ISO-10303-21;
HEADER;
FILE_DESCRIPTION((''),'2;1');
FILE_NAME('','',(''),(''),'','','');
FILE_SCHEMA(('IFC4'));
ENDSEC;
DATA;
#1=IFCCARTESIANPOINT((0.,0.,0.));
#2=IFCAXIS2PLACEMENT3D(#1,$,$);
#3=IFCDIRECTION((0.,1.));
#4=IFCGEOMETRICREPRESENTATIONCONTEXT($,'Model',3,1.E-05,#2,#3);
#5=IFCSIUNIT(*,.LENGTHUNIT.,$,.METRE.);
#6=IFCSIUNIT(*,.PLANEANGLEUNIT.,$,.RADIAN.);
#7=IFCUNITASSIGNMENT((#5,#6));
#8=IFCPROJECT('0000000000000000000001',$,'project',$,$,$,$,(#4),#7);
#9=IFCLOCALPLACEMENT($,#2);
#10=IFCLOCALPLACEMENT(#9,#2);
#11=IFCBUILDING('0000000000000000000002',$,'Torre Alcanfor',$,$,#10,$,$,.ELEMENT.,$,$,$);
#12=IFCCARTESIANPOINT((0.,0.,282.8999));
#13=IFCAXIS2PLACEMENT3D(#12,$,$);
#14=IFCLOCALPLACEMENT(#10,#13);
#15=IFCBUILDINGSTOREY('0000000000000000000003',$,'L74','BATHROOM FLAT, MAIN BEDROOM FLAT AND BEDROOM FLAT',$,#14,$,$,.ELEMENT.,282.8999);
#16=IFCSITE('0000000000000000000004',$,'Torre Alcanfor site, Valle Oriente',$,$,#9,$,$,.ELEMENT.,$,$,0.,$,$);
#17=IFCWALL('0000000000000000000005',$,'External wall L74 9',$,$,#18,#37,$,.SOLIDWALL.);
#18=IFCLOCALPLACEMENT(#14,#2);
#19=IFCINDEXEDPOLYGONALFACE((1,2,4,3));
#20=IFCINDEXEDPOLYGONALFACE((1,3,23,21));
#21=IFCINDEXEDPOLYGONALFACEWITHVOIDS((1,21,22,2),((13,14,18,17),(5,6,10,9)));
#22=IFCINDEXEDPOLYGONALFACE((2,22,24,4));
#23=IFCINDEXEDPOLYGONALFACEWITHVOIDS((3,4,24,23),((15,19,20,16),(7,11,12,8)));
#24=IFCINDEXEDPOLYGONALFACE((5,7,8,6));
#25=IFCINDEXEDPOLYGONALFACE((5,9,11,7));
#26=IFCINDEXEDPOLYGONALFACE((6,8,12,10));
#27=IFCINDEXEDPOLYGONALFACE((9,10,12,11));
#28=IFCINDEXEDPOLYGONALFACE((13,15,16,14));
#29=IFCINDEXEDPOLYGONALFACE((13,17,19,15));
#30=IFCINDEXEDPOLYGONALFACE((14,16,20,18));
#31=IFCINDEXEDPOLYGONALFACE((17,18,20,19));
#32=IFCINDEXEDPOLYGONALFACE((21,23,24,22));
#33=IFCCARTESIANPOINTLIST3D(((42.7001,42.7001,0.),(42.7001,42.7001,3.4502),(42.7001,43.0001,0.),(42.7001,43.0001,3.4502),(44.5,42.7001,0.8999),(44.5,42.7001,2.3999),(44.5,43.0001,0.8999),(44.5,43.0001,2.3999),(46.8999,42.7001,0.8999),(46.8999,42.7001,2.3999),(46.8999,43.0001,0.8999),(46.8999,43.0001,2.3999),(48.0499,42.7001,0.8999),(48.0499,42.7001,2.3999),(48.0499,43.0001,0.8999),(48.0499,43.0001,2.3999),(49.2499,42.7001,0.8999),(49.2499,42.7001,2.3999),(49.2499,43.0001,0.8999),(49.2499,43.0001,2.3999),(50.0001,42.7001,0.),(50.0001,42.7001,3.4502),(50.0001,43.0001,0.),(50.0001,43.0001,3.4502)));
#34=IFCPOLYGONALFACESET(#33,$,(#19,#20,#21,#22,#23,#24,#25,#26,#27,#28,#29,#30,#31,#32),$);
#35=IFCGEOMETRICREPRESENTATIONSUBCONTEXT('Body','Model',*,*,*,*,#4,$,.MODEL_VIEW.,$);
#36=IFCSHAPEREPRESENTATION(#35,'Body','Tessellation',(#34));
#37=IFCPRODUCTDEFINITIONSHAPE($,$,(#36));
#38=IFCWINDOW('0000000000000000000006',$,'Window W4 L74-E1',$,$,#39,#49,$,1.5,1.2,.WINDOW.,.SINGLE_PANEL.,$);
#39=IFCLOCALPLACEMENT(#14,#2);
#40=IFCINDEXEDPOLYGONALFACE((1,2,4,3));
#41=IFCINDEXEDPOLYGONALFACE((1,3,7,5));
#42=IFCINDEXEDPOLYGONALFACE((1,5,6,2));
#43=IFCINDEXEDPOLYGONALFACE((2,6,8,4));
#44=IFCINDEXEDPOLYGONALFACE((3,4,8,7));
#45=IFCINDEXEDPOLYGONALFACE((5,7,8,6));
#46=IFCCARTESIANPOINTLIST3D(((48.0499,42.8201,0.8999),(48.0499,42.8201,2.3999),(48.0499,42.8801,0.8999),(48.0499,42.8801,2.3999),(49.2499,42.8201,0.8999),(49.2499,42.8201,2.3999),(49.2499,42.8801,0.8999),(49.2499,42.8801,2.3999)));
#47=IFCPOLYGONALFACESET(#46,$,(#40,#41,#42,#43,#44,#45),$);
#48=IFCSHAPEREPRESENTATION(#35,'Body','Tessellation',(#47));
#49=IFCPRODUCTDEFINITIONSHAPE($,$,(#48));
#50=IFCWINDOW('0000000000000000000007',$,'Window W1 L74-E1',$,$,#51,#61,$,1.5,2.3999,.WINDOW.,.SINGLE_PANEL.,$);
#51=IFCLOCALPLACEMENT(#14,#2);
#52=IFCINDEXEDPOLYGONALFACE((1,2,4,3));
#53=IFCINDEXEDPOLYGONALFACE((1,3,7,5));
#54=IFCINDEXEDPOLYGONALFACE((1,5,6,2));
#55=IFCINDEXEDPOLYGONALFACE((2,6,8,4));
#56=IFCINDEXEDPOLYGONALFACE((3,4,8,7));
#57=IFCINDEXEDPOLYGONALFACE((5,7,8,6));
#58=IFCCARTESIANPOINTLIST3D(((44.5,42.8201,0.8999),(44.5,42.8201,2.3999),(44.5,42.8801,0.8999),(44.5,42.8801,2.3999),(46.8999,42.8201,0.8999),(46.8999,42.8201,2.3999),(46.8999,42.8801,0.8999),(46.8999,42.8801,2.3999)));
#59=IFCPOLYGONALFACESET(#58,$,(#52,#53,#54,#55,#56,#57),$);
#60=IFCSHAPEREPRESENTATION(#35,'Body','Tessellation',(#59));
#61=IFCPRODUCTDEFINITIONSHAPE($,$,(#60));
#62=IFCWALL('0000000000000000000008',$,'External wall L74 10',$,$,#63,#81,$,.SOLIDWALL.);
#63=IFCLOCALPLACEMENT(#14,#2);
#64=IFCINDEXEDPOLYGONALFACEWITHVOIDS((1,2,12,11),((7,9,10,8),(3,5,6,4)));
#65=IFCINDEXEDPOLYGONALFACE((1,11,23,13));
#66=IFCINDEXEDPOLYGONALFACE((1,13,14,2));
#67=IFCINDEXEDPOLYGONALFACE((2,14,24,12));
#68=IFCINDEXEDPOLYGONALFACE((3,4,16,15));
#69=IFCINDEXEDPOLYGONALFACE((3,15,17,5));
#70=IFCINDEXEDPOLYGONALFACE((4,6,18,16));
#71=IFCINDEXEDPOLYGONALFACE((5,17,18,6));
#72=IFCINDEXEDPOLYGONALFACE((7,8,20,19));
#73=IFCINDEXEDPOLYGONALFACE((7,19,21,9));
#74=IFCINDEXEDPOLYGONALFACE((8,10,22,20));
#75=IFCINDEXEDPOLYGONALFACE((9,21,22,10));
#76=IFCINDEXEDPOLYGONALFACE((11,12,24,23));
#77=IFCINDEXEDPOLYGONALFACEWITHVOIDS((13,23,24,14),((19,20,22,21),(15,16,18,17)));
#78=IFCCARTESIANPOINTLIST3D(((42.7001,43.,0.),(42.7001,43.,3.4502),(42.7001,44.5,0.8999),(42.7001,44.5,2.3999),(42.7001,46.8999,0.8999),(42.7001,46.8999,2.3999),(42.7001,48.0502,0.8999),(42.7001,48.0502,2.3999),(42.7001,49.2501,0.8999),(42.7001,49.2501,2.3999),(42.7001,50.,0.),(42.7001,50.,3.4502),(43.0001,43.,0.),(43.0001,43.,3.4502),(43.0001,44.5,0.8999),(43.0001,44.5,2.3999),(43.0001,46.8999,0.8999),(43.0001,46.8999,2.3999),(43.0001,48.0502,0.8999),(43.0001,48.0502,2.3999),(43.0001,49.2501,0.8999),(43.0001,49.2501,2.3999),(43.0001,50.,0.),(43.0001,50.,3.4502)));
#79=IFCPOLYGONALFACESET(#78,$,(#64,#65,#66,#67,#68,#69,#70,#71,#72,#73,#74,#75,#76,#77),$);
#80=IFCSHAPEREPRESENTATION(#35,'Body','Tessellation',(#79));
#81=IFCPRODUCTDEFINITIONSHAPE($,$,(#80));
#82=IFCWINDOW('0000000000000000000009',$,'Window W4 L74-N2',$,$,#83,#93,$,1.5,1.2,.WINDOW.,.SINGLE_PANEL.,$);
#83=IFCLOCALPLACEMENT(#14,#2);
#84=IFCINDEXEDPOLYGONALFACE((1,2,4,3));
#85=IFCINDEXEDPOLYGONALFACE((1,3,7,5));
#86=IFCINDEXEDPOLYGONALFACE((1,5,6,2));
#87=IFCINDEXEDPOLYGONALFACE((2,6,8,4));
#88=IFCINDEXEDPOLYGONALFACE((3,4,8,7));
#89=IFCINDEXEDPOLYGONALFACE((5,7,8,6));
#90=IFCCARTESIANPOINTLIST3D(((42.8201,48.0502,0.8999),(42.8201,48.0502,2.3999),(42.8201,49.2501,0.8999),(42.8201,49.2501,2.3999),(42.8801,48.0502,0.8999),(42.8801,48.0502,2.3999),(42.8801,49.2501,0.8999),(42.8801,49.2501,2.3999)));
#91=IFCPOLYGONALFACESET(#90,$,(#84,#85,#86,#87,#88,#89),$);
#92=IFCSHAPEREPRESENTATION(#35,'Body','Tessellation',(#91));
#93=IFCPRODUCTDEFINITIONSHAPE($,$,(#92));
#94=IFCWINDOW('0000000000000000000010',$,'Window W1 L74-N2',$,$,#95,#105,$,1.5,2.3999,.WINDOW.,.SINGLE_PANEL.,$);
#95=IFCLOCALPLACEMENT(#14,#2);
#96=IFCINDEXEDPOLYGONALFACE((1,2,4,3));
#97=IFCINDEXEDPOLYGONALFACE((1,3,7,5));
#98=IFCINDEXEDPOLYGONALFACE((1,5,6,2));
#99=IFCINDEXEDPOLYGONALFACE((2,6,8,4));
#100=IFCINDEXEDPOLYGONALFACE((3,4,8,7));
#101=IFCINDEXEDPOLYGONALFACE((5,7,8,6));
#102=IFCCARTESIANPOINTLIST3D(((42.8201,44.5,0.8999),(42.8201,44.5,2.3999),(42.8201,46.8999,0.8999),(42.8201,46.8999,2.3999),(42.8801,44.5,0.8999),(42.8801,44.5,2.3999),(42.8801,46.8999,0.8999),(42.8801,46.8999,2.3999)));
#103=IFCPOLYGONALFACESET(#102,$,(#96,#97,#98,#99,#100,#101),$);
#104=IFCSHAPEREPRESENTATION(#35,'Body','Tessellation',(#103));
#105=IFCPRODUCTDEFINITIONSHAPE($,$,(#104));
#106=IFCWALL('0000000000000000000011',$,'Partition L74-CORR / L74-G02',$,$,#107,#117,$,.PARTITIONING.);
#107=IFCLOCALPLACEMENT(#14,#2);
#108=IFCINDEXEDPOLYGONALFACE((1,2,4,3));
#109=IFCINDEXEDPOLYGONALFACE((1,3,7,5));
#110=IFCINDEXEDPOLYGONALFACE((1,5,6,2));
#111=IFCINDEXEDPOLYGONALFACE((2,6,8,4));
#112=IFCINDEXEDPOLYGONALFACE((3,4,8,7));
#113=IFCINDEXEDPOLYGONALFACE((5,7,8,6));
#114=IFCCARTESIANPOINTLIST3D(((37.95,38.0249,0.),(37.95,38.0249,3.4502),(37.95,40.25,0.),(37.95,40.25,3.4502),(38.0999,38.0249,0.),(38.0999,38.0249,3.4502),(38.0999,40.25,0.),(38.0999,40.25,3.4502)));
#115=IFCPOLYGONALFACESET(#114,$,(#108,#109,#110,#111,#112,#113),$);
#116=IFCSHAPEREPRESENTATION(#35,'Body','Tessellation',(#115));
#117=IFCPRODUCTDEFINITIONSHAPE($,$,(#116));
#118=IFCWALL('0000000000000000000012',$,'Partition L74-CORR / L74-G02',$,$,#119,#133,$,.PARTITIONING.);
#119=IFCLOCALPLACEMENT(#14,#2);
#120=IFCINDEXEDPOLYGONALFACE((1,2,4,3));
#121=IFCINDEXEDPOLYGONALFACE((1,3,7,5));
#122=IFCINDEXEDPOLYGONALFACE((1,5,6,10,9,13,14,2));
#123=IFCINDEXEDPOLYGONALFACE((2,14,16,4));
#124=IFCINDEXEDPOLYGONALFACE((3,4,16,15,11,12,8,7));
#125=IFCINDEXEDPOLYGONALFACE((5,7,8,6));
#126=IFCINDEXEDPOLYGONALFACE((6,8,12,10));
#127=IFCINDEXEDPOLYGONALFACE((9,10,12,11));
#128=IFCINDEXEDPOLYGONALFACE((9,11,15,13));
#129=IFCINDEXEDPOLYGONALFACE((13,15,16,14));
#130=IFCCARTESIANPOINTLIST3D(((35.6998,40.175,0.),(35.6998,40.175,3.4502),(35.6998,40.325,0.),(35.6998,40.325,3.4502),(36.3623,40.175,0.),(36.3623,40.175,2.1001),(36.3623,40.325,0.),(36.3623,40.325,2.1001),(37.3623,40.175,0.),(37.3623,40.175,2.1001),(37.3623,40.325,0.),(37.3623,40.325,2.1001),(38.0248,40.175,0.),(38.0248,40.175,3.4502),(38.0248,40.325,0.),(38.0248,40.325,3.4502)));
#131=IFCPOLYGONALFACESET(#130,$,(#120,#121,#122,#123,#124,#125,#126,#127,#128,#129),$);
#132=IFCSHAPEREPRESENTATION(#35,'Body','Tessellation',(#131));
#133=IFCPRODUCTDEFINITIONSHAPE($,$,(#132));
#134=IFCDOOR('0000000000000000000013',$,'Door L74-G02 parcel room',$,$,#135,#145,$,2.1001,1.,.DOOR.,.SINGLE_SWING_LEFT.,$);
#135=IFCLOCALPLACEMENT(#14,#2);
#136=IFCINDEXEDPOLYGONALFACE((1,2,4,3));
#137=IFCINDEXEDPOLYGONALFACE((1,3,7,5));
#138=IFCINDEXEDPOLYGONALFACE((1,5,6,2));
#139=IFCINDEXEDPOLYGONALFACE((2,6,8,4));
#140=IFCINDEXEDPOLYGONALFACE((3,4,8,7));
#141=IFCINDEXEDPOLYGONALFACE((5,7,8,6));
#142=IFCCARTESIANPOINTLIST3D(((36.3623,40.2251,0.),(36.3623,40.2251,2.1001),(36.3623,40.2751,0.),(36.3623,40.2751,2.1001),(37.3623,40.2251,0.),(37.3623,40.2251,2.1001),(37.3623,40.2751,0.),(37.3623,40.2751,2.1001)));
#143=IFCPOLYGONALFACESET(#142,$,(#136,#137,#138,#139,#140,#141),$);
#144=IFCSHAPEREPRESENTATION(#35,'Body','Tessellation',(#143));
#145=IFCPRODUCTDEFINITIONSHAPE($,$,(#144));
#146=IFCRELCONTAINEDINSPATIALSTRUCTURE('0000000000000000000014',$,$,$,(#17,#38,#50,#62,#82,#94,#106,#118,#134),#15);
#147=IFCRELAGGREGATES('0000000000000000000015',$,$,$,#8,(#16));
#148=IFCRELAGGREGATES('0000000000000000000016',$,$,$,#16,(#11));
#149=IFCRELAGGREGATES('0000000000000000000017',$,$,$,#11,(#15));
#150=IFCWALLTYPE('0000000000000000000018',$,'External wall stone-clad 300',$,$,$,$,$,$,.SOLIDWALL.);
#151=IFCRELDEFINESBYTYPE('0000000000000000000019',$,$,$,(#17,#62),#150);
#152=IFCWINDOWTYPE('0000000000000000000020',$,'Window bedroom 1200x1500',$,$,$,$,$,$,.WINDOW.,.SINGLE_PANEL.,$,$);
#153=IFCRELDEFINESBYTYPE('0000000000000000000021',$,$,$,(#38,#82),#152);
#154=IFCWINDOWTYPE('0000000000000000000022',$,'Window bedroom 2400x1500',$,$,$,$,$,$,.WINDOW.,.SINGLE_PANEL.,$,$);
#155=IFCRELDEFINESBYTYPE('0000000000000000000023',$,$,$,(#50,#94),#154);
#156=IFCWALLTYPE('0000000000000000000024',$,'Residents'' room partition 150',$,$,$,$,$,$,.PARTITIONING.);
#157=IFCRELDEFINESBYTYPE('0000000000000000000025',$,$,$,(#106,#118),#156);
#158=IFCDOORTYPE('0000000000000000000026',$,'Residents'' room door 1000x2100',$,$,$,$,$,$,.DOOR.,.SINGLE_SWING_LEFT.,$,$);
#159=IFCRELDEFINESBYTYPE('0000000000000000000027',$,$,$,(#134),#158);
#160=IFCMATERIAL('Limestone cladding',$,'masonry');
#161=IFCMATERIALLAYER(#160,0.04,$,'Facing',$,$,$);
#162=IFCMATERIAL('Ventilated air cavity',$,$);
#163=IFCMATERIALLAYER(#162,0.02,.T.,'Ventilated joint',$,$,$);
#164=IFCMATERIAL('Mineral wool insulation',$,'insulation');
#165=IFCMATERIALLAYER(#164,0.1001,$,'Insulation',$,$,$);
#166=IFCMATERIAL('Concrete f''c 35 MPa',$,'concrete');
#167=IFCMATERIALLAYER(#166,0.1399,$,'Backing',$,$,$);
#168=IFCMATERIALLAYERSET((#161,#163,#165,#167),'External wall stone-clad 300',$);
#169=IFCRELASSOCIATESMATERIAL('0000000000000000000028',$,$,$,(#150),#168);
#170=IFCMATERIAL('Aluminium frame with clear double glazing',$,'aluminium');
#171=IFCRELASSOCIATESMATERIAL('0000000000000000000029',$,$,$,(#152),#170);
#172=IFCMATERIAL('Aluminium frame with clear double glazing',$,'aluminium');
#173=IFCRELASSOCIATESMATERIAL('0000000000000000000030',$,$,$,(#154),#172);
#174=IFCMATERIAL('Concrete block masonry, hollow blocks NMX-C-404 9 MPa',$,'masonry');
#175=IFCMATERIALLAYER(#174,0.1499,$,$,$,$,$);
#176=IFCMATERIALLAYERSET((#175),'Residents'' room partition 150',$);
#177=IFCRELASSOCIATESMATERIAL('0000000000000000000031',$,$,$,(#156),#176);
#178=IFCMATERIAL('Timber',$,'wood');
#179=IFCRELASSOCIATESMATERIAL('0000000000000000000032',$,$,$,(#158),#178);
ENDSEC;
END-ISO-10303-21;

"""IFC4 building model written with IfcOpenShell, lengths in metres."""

from ifc_helpers import new_model, si_unit, direction, frame, frame_2d, origin, place, context, subcontext, project, spatial, rectangle, extrude, material, layer, layer_set, type_object, element, fill, save


model = new_model("IFC4")

# Units and contexts
model_context = context("Model", 3, precision=1e-05, world=origin(), true_north=direction((0.0, 1.0)))
body_context = subcontext(model_context, "Body", "Model", "MODEL_VIEW")
ifc_project = project(units=[si_unit("LENGTHUNIT", "METRE"), si_unit("PLANEANGLEUNIT", "RADIAN")], contexts=[model_context])

# Site, building, storey
site_placement = place(None, origin())
site = spatial("IfcSite", under=ifc_project, at=site_placement, Name="Torre Alcanfor site, Valle Oriente", CompositionType="ELEMENT", RefElevation=0.0)
building_placement = place(site_placement, origin())
building = spatial("IfcBuilding", under=site, at=building_placement, Name="Torre Alcanfor", CompositionType="ELEMENT")
storey_placement = place(building_placement, frame((0.0, 0.0, 282.8999)))
storey = spatial("IfcBuildingStorey", under=building, at=storey_placement, Name="L74", Description="BATHROOM FLAT, MAIN BEDROOM FLAT AND BEDROOM FLAT", CompositionType="ELEMENT", Elevation=282.8999)

# Walls, openings, windows
ifc_material_1 = material(Name="Limestone cladding", Category="masonry")
ifc_layer_1 = layer(ifc_material_1, 0.04, Name="Facing")
ifc_material_2 = material(Name="Ventilated air cavity")
ifc_layer_2 = layer(ifc_material_2, 0.02, ventilated=True, Name="Ventilated joint")
ifc_material_3 = material(Name="Mineral wool insulation", Category="insulation")
ifc_layer_3 = layer(ifc_material_3, 0.1001, Name="Insulation")
ifc_material_4 = material(Name="Concrete f'c 35 MPa", Category="concrete")
ifc_layer_4 = layer(ifc_material_4, 0.1399, Name="Backing")
ifc_layer_set_1 = layer_set([ifc_layer_1, ifc_layer_2, ifc_layer_3, ifc_layer_4], Name="External wall stone-clad 300")
wall_type_1 = type_object("IfcWallType", Name="External wall stone-clad 300", PredefinedType="SOLIDWALL", material=ifc_layer_set_1)
wall_1_placement = place(storey_placement, frame((50.0, 42.8501, 0.0), z_axis=(0.0, 0.0, 1.0), x_axis=(-1.0, 0.0, 0.0)))
wall_1 = element("IfcWall", 1, at=wall_1_placement, inside=storey, type_object=wall_type_1, Name="External wall L74 9", PredefinedType="SOLIDWALL", context=body_context, shape_type="SweptSolid", body=[
    extrude(rectangle(XDim=7.3, YDim=0.3, at=frame_2d((3.6499, 0.0))), origin(), (0.0, 0.0, 1.0), 3.4502),
])
opening_1_placement = place(wall_1_placement, frame((3.1001, 0.0, 0.8999)))
opening_1 = element("IfcOpeningElement", 2, at=opening_1_placement, cuts=wall_1, PredefinedType="OPENING", context=body_context, shape_type="SweptSolid", body=[
    extrude(rectangle(XDim=2.3999, YDim=1.5, at=frame_2d((1.2, 0.75))), frame((0.0, 0.1599, 0.0), z_axis=(0.0, -1.0, 0.0), x_axis=(1.0, 0.0, 0.0)), (0.0, 0.0, 1.0), 0.3201),
])
opening_2_placement = place(wall_1_placement, frame((0.75, 0.0, 0.8999)))
opening_2 = element("IfcOpeningElement", 3, at=opening_2_placement, cuts=wall_1, PredefinedType="OPENING", context=body_context, shape_type="SweptSolid", body=[
    extrude(rectangle(XDim=1.2, YDim=1.5, at=frame_2d((0.6001, 0.75))), frame((0.0, 0.1599, 0.0), z_axis=(0.0, -1.0, 0.0), x_axis=(1.0, 0.0, 0.0)), (0.0, 0.0, 1.0), 0.3201),
])
ifc_material_5 = material(Name="Aluminium frame with clear double glazing", Category="aluminium")
window_type_1 = type_object("IfcWindowType", Name="Window bedroom 1200x1500", PartitioningType="SINGLE_PANEL", PredefinedType="WINDOW", material=ifc_material_5)
window_1_placement = place(opening_2_placement, origin())
window_1 = element("IfcWindow", 4, at=window_1_placement, inside=storey, type_object=window_type_1, Name="Window W4 L74-E1", OverallHeight=1.5, OverallWidth=1.2, PartitioningType="SINGLE_PANEL", PredefinedType="WINDOW", context=body_context, shape_type="SweptSolid", body=[
    extrude(rectangle(XDim=1.2, YDim=1.5, at=frame_2d((0.6001, 0.75))), frame((0.0, 0.03, 0.0), z_axis=(0.0, -1.0, 0.0), x_axis=(1.0, 0.0, 0.0)), (0.0, 0.0, 1.0), 0.0601),
])
fill(opening_2, window_1)
ifc_material_6 = material(Name="Aluminium frame with clear double glazing", Category="aluminium")
window_type_2 = type_object("IfcWindowType", Name="Window bedroom 2400x1500", PartitioningType="SINGLE_PANEL", PredefinedType="WINDOW", material=ifc_material_6)
window_2_placement = place(opening_1_placement, origin())
window_2 = element("IfcWindow", 5, at=window_2_placement, inside=storey, type_object=window_type_2, Name="Window W1 L74-E1", OverallHeight=1.5, OverallWidth=2.3999, PartitioningType="SINGLE_PANEL", PredefinedType="WINDOW", context=body_context, shape_type="SweptSolid", body=[
    extrude(rectangle(XDim=2.3999, YDim=1.5, at=frame_2d((1.2, 0.75))), frame((0.0, 0.03, 0.0), z_axis=(0.0, -1.0, 0.0), x_axis=(1.0, 0.0, 0.0)), (0.0, 0.0, 1.0), 0.0601),
])
fill(opening_1, window_2)
wall_2_placement = place(storey_placement, frame((42.8501, 43.0, 0.0), z_axis=(0.0, 0.0, 1.0), x_axis=(0.0, 1.0, 0.0)))
wall_2 = element("IfcWall", 6, at=wall_2_placement, inside=storey, type_object=wall_type_1, Name="External wall L74 10", PredefinedType="SOLIDWALL", context=body_context, shape_type="SweptSolid", body=[
    extrude(rectangle(XDim=7.0, YDim=0.3, at=frame_2d((3.5, 0.0))), origin(), (0.0, 0.0, 1.0), 3.4502),
])
opening_3_placement = place(wall_2_placement, frame((1.5, 0.0, 0.8999)))
opening_3 = element("IfcOpeningElement", 7, at=opening_3_placement, cuts=wall_2, PredefinedType="OPENING", context=body_context, shape_type="SweptSolid", body=[
    extrude(rectangle(XDim=2.3999, YDim=1.5, at=frame_2d((1.2, 0.75))), frame((0.0, 0.1599, 0.0), z_axis=(0.0, -1.0, 0.0), x_axis=(1.0, 0.0, 0.0)), (0.0, 0.0, 1.0), 0.3201),
])
opening_4_placement = place(wall_2_placement, frame((5.05, 0.0, 0.8999)))
opening_4 = element("IfcOpeningElement", 8, at=opening_4_placement, cuts=wall_2, PredefinedType="OPENING", context=body_context, shape_type="SweptSolid", body=[
    extrude(rectangle(XDim=1.2, YDim=1.5, at=frame_2d((0.6001, 0.75))), frame((0.0, 0.1599, 0.0), z_axis=(0.0, -1.0, 0.0), x_axis=(1.0, 0.0, 0.0)), (0.0, 0.0, 1.0), 0.3201),
])
window_3_placement = place(opening_4_placement, origin())
window_3 = element("IfcWindow", 9, at=window_3_placement, inside=storey, type_object=window_type_1, Name="Window W4 L74-N2", OverallHeight=1.5, OverallWidth=1.2, PartitioningType="SINGLE_PANEL", PredefinedType="WINDOW", context=body_context, shape_type="SweptSolid", body=[
    extrude(rectangle(XDim=1.2, YDim=1.5, at=frame_2d((0.6001, 0.75))), frame((0.0, 0.03, 0.0), z_axis=(0.0, -1.0, 0.0), x_axis=(1.0, 0.0, 0.0)), (0.0, 0.0, 1.0), 0.0601),
])
fill(opening_4, window_3)
window_4_placement = place(opening_3_placement, origin())
window_4 = element("IfcWindow", 10, at=window_4_placement, inside=storey, type_object=window_type_2, Name="Window W1 L74-N2", OverallHeight=1.5, OverallWidth=2.3999, PartitioningType="SINGLE_PANEL", PredefinedType="WINDOW", context=body_context, shape_type="SweptSolid", body=[
    extrude(rectangle(XDim=2.3999, YDim=1.5, at=frame_2d((1.2, 0.75))), frame((0.0, 0.03, 0.0), z_axis=(0.0, -1.0, 0.0), x_axis=(1.0, 0.0, 0.0)), (0.0, 0.0, 1.0), 0.0601),
])
fill(opening_3, window_4)

# Wall
ifc_material_7 = material(Name="Concrete block masonry, hollow blocks NMX-C-404 9 MPa", Category="masonry")
ifc_layer_5 = layer(ifc_material_7, 0.1499)
ifc_layer_set_2 = layer_set([ifc_layer_5], Name="Residents' room partition 150")
wall_type_2 = type_object("IfcWallType", Name="Residents' room partition 150", PredefinedType="PARTITIONING", material=ifc_layer_set_2)
wall_3_placement = place(storey_placement, frame((38.0249, 38.0249, 0.0), z_axis=(0.0, 0.0, 1.0), x_axis=(0.0, 1.0, 0.0)))
element("IfcWall", 11, at=wall_3_placement, inside=storey, type_object=wall_type_2, Name="Partition L74-CORR / L74-G02", PredefinedType="PARTITIONING", context=body_context, shape_type="SweptSolid", body=[
    extrude(rectangle(XDim=2.2251, YDim=0.1499, at=frame_2d((1.1125, 0.0))), origin(), (0.0, 0.0, 1.0), 3.4502),
])

# Wall, opening, door
wall_4_placement = place(storey_placement, frame((38.0249, 40.25, 0.0), z_axis=(0.0, 0.0, 1.0), x_axis=(-1.0, 0.0, 0.0)))
wall_4 = element("IfcWall", 12, at=wall_4_placement, inside=storey, type_object=wall_type_2, Name="Partition L74-CORR / L74-G02", PredefinedType="PARTITIONING", context=body_context, shape_type="SweptSolid", body=[
    extrude(rectangle(XDim=2.325, YDim=0.1499, at=frame_2d((1.1626, 0.0))), origin(), (0.0, 0.0, 1.0), 3.4502),
])
opening_5_placement = place(wall_4_placement, frame((0.6626, 0.0, 0.0)))
opening_5 = element("IfcOpeningElement", 13, at=opening_5_placement, cuts=wall_4, PredefinedType="OPENING", context=body_context, shape_type="SweptSolid", body=[
    extrude(rectangle(XDim=1.0, YDim=2.1001, at=frame_2d((0.5, 1.05))), frame((0.0, 0.085, 0.0), z_axis=(0.0, -1.0, 0.0), x_axis=(1.0, 0.0, 0.0)), (0.0, 0.0, 1.0), 0.1699),
])
ifc_material_8 = material(Name="Timber", Category="wood")
door_type_1 = type_object("IfcDoorType", Name="Residents' room door 1000x2100", OperationType="SINGLE_SWING_LEFT", PredefinedType="DOOR", material=ifc_material_8)
door_1_placement = place(opening_5_placement, origin())
door_1 = element("IfcDoor", 14, at=door_1_placement, inside=storey, type_object=door_type_1, Name="Door L74-G02 parcel room", OperationType="SINGLE_SWING_LEFT", OverallHeight=2.1001, OverallWidth=1.0, PredefinedType="DOOR", context=body_context, shape_type="SweptSolid", body=[
    extrude(rectangle(XDim=1.0, YDim=2.1001, at=frame_2d((0.5, 1.05))), frame((0.0, 0.0249, 0.0), z_axis=(0.0, -1.0, 0.0), x_axis=(1.0, 0.0, 0.0)), (0.0, 0.0, 1.0), 0.05),
])
fill(opening_5, door_1)

save(model, "model.ifc")
